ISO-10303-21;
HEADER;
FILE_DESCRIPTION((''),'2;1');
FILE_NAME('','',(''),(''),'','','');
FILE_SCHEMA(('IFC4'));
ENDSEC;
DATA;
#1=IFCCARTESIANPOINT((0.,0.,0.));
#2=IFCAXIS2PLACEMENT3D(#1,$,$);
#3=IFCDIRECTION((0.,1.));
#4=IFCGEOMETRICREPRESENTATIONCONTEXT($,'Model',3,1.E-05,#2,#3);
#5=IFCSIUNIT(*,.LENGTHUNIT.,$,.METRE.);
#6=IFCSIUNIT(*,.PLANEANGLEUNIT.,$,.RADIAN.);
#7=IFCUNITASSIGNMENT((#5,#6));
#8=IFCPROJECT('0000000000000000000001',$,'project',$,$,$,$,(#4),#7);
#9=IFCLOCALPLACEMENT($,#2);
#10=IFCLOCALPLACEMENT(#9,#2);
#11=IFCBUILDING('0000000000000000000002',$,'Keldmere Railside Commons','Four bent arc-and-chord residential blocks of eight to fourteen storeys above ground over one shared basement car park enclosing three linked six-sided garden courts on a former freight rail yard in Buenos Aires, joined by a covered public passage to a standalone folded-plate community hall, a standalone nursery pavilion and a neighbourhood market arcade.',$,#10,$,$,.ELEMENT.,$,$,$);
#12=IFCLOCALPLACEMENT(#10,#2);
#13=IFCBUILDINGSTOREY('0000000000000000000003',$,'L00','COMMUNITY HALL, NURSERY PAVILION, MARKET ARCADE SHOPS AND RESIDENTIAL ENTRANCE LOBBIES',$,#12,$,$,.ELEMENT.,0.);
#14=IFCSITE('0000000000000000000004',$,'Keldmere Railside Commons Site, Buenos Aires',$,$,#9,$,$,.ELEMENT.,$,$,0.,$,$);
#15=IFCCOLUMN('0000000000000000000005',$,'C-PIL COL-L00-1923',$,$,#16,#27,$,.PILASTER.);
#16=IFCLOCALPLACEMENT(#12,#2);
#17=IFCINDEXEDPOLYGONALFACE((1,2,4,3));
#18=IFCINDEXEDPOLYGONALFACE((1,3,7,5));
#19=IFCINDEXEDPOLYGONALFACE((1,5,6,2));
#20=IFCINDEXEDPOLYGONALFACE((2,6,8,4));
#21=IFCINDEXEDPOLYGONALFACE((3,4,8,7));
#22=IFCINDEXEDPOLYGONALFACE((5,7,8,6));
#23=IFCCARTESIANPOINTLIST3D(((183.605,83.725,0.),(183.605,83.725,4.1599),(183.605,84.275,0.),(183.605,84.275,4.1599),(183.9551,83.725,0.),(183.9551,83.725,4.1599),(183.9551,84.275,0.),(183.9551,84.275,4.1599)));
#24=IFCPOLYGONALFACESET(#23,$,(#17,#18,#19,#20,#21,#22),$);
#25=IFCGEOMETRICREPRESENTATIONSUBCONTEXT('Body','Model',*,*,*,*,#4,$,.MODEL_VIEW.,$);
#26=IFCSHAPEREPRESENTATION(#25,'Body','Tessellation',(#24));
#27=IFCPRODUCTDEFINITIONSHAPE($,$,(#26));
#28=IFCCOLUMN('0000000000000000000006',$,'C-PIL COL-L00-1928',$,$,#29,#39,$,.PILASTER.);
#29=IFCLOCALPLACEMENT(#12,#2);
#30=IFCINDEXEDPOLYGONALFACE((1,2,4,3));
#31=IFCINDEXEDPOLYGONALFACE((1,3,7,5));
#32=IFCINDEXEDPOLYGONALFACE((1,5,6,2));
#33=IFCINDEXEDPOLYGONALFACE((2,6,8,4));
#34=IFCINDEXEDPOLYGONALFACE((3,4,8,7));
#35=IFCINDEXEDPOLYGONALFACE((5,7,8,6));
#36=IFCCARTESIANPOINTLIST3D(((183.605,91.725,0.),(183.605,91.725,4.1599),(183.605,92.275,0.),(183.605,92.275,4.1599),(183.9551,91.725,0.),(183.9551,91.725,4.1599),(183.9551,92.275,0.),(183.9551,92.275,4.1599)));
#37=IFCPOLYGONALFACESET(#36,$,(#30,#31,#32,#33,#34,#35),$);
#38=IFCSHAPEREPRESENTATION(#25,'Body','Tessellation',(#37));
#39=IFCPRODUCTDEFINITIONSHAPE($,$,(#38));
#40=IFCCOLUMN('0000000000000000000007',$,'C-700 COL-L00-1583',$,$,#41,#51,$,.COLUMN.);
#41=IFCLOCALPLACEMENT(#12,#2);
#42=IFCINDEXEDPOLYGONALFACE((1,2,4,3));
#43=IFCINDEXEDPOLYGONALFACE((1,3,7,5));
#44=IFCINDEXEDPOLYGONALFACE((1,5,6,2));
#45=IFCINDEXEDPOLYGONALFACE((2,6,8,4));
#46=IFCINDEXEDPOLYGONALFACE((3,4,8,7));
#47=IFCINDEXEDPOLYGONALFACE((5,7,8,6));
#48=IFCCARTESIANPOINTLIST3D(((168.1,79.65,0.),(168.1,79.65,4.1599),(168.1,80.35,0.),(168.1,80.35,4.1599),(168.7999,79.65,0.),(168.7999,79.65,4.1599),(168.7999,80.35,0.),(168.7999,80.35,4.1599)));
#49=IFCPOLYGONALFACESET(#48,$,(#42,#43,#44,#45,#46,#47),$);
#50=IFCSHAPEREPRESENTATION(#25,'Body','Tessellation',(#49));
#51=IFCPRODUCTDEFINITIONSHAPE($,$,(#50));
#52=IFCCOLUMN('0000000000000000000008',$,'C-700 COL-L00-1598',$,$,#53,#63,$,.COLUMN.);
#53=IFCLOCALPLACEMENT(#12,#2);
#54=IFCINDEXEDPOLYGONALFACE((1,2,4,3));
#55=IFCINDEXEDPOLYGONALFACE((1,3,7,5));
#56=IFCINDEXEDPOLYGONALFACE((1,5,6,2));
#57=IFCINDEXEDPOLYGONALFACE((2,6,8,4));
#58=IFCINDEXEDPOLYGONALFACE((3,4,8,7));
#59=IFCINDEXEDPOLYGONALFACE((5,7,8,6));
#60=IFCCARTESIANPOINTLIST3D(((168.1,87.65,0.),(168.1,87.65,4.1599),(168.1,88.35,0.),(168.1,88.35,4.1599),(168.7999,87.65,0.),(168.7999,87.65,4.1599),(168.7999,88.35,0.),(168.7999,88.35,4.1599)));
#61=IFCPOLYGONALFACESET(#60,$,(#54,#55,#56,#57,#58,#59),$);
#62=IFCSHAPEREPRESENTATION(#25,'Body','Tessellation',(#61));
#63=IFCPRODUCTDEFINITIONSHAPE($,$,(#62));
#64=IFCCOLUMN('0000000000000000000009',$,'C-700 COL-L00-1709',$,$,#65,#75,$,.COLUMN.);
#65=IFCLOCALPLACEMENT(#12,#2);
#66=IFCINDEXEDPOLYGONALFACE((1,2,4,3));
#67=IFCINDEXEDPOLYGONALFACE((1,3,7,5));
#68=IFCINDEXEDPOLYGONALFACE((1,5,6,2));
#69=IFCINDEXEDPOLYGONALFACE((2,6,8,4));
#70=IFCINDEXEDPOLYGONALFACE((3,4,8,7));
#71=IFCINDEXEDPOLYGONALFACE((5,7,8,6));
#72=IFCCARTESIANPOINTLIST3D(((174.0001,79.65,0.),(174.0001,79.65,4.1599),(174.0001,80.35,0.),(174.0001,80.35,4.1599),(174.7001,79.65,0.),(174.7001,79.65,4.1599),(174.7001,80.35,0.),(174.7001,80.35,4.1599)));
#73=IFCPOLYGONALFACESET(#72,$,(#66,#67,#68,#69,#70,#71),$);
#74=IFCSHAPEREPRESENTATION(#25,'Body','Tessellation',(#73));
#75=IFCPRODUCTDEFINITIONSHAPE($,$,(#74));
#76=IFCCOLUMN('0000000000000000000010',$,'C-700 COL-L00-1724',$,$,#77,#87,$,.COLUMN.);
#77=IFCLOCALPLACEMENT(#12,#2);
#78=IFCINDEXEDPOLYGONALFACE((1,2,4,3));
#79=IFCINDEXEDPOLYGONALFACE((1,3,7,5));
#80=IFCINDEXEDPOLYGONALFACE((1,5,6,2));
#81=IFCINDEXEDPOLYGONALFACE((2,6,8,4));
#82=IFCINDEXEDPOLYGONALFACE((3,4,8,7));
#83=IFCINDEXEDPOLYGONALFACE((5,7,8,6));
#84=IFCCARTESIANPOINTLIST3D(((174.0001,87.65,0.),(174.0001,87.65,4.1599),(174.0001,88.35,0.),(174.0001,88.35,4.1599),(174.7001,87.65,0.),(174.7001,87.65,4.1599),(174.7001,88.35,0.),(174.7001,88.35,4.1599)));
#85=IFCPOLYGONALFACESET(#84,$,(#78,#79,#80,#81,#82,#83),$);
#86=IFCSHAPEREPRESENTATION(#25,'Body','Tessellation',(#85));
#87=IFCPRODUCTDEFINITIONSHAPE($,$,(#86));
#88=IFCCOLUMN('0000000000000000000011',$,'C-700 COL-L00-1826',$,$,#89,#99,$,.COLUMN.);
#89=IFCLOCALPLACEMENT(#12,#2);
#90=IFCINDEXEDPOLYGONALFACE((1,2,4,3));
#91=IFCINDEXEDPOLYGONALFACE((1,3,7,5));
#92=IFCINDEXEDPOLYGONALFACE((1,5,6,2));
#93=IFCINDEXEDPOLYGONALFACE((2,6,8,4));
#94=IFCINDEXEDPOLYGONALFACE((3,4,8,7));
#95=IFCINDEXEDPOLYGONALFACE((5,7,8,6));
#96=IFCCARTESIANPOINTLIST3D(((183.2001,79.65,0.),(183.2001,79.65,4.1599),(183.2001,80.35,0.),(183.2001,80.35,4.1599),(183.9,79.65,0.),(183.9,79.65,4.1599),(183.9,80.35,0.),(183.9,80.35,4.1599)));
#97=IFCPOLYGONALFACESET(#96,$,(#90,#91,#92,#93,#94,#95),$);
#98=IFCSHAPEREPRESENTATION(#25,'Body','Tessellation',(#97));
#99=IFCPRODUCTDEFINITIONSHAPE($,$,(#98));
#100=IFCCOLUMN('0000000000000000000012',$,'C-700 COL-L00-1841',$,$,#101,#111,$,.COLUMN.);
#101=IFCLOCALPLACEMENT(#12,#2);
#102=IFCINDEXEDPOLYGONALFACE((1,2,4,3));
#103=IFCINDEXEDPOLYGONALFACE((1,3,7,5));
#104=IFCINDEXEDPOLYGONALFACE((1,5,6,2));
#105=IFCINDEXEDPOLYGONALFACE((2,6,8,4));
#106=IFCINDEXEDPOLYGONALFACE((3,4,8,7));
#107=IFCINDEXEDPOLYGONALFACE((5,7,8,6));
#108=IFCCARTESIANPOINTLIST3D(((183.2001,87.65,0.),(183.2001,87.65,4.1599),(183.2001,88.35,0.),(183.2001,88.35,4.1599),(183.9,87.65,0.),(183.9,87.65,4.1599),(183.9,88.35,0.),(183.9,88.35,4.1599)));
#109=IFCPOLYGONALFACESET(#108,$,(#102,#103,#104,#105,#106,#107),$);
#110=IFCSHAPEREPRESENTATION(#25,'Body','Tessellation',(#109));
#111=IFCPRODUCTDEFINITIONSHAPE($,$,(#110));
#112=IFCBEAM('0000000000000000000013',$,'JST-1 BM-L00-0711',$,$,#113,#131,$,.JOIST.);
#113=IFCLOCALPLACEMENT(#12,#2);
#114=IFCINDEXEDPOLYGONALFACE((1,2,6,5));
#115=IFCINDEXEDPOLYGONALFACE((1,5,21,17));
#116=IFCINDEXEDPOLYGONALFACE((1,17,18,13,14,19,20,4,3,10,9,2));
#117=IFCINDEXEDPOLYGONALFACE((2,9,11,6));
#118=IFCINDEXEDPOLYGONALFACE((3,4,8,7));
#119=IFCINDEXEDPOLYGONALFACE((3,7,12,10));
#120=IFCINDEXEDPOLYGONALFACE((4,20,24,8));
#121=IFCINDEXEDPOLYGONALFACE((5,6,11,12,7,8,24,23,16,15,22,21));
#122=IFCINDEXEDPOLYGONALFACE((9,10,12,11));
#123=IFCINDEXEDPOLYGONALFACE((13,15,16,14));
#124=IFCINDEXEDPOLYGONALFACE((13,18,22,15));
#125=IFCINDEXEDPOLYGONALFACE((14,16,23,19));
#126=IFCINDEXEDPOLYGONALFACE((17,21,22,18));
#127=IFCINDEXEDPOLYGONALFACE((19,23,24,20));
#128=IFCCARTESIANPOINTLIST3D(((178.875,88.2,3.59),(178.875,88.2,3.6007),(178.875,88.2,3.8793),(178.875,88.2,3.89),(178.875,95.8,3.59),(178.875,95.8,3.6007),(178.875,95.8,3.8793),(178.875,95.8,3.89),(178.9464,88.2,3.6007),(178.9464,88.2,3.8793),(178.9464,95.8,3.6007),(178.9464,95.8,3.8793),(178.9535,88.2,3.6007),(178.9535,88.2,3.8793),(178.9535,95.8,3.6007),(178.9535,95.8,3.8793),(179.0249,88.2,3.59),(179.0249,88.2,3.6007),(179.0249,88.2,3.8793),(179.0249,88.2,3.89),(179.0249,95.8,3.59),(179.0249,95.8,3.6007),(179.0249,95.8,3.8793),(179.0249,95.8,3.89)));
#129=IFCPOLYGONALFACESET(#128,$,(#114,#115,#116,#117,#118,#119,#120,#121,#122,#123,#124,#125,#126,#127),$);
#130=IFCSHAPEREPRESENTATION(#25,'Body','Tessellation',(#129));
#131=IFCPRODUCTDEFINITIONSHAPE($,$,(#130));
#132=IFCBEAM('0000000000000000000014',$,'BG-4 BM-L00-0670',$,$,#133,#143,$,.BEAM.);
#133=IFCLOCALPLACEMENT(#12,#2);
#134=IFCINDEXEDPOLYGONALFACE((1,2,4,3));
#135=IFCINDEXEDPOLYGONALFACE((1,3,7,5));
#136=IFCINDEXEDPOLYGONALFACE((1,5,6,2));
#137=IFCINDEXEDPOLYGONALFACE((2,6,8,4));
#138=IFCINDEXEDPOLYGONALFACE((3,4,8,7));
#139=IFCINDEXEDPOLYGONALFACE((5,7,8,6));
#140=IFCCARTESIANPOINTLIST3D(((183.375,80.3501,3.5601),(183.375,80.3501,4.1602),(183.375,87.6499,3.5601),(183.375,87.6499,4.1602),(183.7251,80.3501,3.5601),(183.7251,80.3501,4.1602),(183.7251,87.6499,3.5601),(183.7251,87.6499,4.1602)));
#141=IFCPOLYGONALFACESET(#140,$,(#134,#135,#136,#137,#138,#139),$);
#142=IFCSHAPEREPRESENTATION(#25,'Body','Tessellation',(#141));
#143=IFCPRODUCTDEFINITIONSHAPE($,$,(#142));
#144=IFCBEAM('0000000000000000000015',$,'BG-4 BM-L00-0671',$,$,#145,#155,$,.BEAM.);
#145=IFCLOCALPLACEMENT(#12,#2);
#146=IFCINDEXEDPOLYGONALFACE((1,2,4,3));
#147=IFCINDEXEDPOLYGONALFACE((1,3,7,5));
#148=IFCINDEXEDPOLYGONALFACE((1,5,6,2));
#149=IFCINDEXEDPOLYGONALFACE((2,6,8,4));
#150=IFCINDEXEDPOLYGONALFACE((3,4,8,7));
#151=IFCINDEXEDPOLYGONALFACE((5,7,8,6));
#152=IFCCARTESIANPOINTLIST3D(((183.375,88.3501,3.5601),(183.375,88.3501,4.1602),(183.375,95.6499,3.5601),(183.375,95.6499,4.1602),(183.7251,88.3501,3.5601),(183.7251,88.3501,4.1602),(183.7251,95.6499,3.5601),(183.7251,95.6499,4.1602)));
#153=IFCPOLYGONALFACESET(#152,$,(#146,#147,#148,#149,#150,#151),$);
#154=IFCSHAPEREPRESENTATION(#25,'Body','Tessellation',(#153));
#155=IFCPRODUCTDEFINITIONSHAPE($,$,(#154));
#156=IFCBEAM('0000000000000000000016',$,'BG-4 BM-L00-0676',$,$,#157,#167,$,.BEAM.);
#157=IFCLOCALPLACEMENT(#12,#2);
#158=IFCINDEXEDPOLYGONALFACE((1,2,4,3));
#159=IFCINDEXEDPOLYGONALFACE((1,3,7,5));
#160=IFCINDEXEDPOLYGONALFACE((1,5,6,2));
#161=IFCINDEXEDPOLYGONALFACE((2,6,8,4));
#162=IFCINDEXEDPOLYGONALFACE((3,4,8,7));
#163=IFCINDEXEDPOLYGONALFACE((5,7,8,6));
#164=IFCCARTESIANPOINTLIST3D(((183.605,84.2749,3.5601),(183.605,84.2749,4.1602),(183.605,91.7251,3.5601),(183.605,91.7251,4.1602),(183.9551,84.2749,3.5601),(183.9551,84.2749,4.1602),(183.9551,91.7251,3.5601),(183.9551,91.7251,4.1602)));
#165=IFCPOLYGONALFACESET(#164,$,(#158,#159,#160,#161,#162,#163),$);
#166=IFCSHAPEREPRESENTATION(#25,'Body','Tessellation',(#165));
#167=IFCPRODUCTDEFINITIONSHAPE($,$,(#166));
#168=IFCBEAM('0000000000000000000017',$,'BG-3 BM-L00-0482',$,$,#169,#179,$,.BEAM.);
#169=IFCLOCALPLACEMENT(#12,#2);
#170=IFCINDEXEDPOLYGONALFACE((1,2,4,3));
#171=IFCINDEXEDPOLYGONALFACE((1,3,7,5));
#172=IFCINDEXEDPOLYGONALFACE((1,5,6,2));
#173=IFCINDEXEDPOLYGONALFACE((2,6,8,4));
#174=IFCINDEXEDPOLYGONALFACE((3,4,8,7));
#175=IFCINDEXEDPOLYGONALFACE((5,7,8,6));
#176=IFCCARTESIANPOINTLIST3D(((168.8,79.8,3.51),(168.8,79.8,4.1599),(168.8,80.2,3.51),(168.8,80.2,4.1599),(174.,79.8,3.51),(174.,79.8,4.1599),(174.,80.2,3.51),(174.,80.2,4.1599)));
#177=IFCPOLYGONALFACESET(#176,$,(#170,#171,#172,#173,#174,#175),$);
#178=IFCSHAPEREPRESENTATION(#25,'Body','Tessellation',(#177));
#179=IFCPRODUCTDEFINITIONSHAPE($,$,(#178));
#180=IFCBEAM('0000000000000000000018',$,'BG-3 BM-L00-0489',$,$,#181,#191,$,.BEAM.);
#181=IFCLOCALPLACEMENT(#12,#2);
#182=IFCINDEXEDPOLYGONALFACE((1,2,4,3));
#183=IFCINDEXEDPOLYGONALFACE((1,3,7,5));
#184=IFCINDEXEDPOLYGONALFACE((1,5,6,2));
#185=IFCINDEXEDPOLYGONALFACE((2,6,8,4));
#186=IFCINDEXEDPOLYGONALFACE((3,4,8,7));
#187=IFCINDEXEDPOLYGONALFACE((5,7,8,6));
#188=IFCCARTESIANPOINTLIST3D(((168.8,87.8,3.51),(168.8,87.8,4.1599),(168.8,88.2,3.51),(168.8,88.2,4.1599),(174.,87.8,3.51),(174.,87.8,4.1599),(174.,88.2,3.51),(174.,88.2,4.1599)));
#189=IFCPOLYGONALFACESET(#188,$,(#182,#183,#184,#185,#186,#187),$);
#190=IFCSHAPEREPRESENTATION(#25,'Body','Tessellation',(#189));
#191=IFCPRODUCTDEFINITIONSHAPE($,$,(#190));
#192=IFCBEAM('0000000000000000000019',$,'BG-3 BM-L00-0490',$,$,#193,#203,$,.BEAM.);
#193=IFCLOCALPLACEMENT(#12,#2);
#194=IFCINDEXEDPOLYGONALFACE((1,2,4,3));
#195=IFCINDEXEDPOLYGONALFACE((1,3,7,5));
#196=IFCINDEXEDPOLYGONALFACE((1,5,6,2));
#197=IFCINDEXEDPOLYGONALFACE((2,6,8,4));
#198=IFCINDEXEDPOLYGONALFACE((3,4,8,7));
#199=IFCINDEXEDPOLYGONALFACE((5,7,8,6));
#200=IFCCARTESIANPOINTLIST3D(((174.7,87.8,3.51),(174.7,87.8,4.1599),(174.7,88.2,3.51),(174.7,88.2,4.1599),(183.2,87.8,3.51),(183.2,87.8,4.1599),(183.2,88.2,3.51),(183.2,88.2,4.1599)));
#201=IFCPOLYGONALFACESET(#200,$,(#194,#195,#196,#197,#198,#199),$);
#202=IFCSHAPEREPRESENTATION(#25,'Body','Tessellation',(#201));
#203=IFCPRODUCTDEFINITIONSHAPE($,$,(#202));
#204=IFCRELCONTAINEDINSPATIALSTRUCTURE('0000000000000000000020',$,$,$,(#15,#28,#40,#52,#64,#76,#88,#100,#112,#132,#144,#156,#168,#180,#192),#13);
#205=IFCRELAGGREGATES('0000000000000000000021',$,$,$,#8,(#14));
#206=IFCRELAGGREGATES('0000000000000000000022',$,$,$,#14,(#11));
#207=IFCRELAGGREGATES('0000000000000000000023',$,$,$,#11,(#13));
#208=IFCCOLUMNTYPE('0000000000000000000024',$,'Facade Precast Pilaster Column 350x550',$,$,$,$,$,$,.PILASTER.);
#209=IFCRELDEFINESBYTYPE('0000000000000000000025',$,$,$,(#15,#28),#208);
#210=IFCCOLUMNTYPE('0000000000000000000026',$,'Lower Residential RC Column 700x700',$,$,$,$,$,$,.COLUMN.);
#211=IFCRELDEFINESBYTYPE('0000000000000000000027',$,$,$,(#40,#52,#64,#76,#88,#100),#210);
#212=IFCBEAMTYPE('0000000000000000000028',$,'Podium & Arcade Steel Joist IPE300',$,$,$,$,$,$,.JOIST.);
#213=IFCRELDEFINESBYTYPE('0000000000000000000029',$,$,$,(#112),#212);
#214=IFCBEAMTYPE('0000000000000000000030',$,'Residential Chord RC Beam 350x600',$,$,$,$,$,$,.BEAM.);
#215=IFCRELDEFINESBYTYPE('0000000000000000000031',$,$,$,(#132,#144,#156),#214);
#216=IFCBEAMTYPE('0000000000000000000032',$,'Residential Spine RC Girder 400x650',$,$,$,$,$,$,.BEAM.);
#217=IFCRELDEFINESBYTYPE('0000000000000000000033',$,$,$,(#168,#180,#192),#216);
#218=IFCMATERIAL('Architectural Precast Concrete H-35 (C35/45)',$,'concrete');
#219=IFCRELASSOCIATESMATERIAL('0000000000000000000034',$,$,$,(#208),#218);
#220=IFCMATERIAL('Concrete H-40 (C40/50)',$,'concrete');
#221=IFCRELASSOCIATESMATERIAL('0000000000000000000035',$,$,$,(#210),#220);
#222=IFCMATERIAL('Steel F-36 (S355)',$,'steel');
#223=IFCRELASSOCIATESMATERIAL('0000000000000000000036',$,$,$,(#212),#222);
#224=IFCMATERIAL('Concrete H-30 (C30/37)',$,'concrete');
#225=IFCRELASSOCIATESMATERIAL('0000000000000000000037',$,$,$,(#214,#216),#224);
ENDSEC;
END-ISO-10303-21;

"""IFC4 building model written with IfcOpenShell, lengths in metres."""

from ifc_helpers import new_model, si_unit, direction, frame, origin, origin_2d, place, context, subcontext, project, spatial, rectangle, i_section, extrude, material, material_profile, profile_set, type_object, element, save


model = new_model("IFC4")

# Units and contexts
model_context = context("Model", 3, precision=1e-05, world=origin(), true_north=direction((0.0, 1.0)))
body_context = subcontext(model_context, "Body", "Model", "MODEL_VIEW")
ifc_project = project(units=[si_unit("LENGTHUNIT", "METRE"), si_unit("PLANEANGLEUNIT", "RADIAN")], contexts=[model_context])

# Site, building, storey
site_placement = place(None, origin())
site = spatial("IfcSite", under=ifc_project, at=site_placement, Name="Keldmere Railside Commons Site, Buenos Aires", CompositionType="ELEMENT", RefElevation=0.0)
building_placement = place(site_placement, origin())
building = spatial("IfcBuilding", under=site, at=building_placement, Name="Keldmere Railside Commons", Description="Four bent arc-and-chord residential blocks of eight to fourteen storeys above ground over one shared basement car park enclosing three linked six-sided garden courts on a former freight rail yard in Buenos Aires, joined by a covered public passage to a standalone folded-plate community hall, a standalone nursery pavilion and a neighbourhood market arcade.", CompositionType="ELEMENT")
storey_placement = place(building_placement, origin())
storey = spatial("IfcBuildingStorey", under=building, at=storey_placement, Name="L00", Description="COMMUNITY HALL, NURSERY PAVILION, MARKET ARCADE SHOPS AND RESIDENTIAL ENTRANCE LOBBIES", CompositionType="ELEMENT", Elevation=0.0)

# Columns
ifc_material_1 = material(Name="Architectural Precast Concrete H-35 (C35/45)", Category="concrete")
ifc_material_profile_1 = material_profile(ifc_material_1, rectangle(XDim=0.3501, YDim=0.55, at=origin_2d()), Name="RC-350x550")
ifc_profile_set_1 = profile_set([ifc_material_profile_1], Name="Architectural Precast Concrete H-35 (C35/45)")
column_type_1 = type_object("IfcColumnType", Name="Facade Precast Pilaster Column 350x550", PredefinedType="PILASTER", material=ifc_profile_set_1)
for number, where, z_axis, x_axis, name in (
    (1, (183.78, 84.0, 0.0), (0.0, 0.0, 1.0), (1.0, 0.0, 0.0), "C-PIL COL-L00-1923"),
    (2, (183.78, 92.0, 0.0), (0.0, 0.0, 1.0), (1.0, 0.0, 0.0), "C-PIL COL-L00-1928"),
):
    element("IfcColumn", number, at=place(storey_placement, frame(where, z_axis=z_axis, x_axis=x_axis)), inside=storey, type_object=column_type_1, Name=name, PredefinedType="PILASTER", context=body_context, shape_type="SweptSolid", body=[
        extrude(rectangle(XDim=0.3501, YDim=0.55, at=origin_2d()), origin(), (0.0, 0.0, 1.0), 4.1599),
    ])
ifc_material_2 = material(Name="Concrete H-40 (C40/50)", Category="concrete")
ifc_material_profile_2 = material_profile(ifc_material_2, rectangle(XDim=0.7, YDim=0.7, at=origin_2d()), Name="RC-700x700")
ifc_profile_set_2 = profile_set([ifc_material_profile_2], Name="Concrete H-40 (C40/50)")
column_type_2 = type_object("IfcColumnType", Name="Lower Residential RC Column 700x700", PredefinedType="COLUMN", material=ifc_profile_set_2)
for number, where, z_axis, x_axis, name in (
    (3, (168.45, 80.0, 0.0), (0.0, 0.0, 1.0), (1.0, 0.0, 0.0), "C-700 COL-L00-1583"),
    (4, (168.45, 88.0, 0.0), (0.0, 0.0, 1.0), (1.0, 0.0, 0.0), "C-700 COL-L00-1598"),
    (5, (174.3501, 80.0, 0.0), (0.0, 0.0, 1.0), (1.0, 0.0, 0.0), "C-700 COL-L00-1709"),
    (6, (174.3501, 88.0, 0.0), (0.0, 0.0, 1.0), (1.0, 0.0, 0.0), "C-700 COL-L00-1724"),
    (7, (183.55, 80.0, 0.0), (0.0, 0.0, 1.0), (1.0, 0.0, 0.0), "C-700 COL-L00-1826"),
    (8, (183.55, 88.0, 0.0), (0.0, 0.0, 1.0), (1.0, 0.0, 0.0), "C-700 COL-L00-1841"),
):
    element("IfcColumn", number, at=place(storey_placement, frame(where, z_axis=z_axis, x_axis=x_axis)), inside=storey, type_object=column_type_2, Name=name, PredefinedType="COLUMN", context=body_context, shape_type="SweptSolid", body=[
        extrude(rectangle(XDim=0.7, YDim=0.7, at=origin_2d()), origin(), (0.0, 0.0, 1.0), 4.1599),
    ])

# Beams
ifc_material_3 = material(Name="Steel F-36 (S355)", Category="steel")
ifc_material_profile_3 = material_profile(ifc_material_3, i_section(OverallWidth=0.1499, OverallDepth=0.3, WebThickness=0.0071, FlangeThickness=0.0107, at=origin_2d()), Name="IPE-300")
ifc_profile_set_3 = profile_set([ifc_material_profile_3], Name="Steel F-36 (S355)")
beam_type_1 = type_object("IfcBeamType", Name="Podium & Arcade Steel Joist IPE300", PredefinedType="JOIST", material=ifc_profile_set_3)
beam_1_placement = place(storey_placement, frame((178.95, 88.2, 3.74), z_axis=(0.0, 1.0, 0.0), x_axis=(-1.0, 0.0, 0.0)))
element("IfcBeam", 9, at=beam_1_placement, inside=storey, type_object=beam_type_1, Name="JST-1 BM-L00-0711", PredefinedType="JOIST", context=body_context, shape_type="SweptSolid", body=[
    extrude(i_section(OverallWidth=0.1499, OverallDepth=0.3, WebThickness=0.0071, FlangeThickness=0.0107, at=origin_2d()), origin(), (0.0, 0.0, 1.0), 7.6001),
])
ifc_material_4 = material(Name="Concrete H-30 (C30/37)", Category="concrete")
ifc_material_profile_4 = material_profile(ifc_material_4, rectangle(XDim=0.3501, YDim=0.6001, at=origin_2d()), Name="RC-350x600")
ifc_profile_set_4 = profile_set([ifc_material_profile_4], Name="Concrete H-30 (C30/37)")
beam_type_2 = type_object("IfcBeamType", Name="Residential Chord RC Beam 350x600", PredefinedType="BEAM", material=ifc_profile_set_4)
for number, where, z_axis, x_axis, name in (
    (10, (183.55, 80.3501, 3.8601), (0.0, 1.0, 0.0), (-1.0, 0.0, 0.0), "BG-4 BM-L00-0670"),
    (11, (183.55, 88.3501, 3.8601), (0.0, 1.0, 0.0), (-1.0, 0.0, 0.0), "BG-4 BM-L00-0671"),
):
    element("IfcBeam", number, at=place(storey_placement, frame(where, z_axis=z_axis, x_axis=x_axis)), inside=storey, type_object=beam_type_2, Name=name, PredefinedType="BEAM", context=body_context, shape_type="SweptSolid", body=[
        extrude(rectangle(XDim=0.3501, YDim=0.6001, at=origin_2d()), origin(), (0.0, 0.0, 1.0), 7.2998),
    ])
beam_2_placement = place(storey_placement, frame((183.78, 84.2749, 3.8601), z_axis=(0.0, 1.0, 0.0), x_axis=(-1.0, 0.0, 0.0)))
element("IfcBeam", 12, at=beam_2_placement, inside=storey, type_object=beam_type_2, Name="BG-4 BM-L00-0676", PredefinedType="BEAM", context=body_context, shape_type="SweptSolid", body=[
    extrude(rectangle(XDim=0.3501, YDim=0.6001, at=origin_2d()), origin(), (0.0, 0.0, 1.0), 7.4502),
])
ifc_material_profile_5 = material_profile(ifc_material_4, rectangle(XDim=0.3999, YDim=0.6499, at=origin_2d()), Name="RC-400x650")
ifc_profile_set_5 = profile_set([ifc_material_profile_5], Name="Concrete H-30 (C30/37)")
beam_type_3 = type_object("IfcBeamType", Name="Residential Spine RC Girder 400x650", PredefinedType="BEAM", material=ifc_profile_set_5)
for number, where, z_axis, x_axis, name in (
    (13, (168.8, 80.0, 3.835), (1.0, 0.0, 0.0), (0.0, 1.0, 0.0), "BG-3 BM-L00-0482"),
    (14, (168.8, 88.0, 3.835), (1.0, 0.0, 0.0), (0.0, 1.0, 0.0), "BG-3 BM-L00-0489"),
):
    element("IfcBeam", number, at=place(storey_placement, frame(where, z_axis=z_axis, x_axis=x_axis)), inside=storey, type_object=beam_type_3, Name=name, PredefinedType="BEAM", context=body_context, shape_type="SweptSolid", body=[
        extrude(rectangle(XDim=0.3999, YDim=0.6499, at=origin_2d()), origin(), (0.0, 0.0, 1.0), 5.2),
    ])
beam_3_placement = place(storey_placement, frame((174.7, 88.0, 3.835), z_axis=(1.0, 0.0, 0.0), x_axis=(0.0, 1.0, 0.0)))
element("IfcBeam", 15, at=beam_3_placement, inside=storey, type_object=beam_type_3, Name="BG-3 BM-L00-0490", PredefinedType="BEAM", context=body_context, shape_type="SweptSolid", body=[
    extrude(rectangle(XDim=0.3999, YDim=0.6499, at=origin_2d()), origin(), (0.0, 0.0, 1.0), 8.5),
])

save(model, "model.ifc")
